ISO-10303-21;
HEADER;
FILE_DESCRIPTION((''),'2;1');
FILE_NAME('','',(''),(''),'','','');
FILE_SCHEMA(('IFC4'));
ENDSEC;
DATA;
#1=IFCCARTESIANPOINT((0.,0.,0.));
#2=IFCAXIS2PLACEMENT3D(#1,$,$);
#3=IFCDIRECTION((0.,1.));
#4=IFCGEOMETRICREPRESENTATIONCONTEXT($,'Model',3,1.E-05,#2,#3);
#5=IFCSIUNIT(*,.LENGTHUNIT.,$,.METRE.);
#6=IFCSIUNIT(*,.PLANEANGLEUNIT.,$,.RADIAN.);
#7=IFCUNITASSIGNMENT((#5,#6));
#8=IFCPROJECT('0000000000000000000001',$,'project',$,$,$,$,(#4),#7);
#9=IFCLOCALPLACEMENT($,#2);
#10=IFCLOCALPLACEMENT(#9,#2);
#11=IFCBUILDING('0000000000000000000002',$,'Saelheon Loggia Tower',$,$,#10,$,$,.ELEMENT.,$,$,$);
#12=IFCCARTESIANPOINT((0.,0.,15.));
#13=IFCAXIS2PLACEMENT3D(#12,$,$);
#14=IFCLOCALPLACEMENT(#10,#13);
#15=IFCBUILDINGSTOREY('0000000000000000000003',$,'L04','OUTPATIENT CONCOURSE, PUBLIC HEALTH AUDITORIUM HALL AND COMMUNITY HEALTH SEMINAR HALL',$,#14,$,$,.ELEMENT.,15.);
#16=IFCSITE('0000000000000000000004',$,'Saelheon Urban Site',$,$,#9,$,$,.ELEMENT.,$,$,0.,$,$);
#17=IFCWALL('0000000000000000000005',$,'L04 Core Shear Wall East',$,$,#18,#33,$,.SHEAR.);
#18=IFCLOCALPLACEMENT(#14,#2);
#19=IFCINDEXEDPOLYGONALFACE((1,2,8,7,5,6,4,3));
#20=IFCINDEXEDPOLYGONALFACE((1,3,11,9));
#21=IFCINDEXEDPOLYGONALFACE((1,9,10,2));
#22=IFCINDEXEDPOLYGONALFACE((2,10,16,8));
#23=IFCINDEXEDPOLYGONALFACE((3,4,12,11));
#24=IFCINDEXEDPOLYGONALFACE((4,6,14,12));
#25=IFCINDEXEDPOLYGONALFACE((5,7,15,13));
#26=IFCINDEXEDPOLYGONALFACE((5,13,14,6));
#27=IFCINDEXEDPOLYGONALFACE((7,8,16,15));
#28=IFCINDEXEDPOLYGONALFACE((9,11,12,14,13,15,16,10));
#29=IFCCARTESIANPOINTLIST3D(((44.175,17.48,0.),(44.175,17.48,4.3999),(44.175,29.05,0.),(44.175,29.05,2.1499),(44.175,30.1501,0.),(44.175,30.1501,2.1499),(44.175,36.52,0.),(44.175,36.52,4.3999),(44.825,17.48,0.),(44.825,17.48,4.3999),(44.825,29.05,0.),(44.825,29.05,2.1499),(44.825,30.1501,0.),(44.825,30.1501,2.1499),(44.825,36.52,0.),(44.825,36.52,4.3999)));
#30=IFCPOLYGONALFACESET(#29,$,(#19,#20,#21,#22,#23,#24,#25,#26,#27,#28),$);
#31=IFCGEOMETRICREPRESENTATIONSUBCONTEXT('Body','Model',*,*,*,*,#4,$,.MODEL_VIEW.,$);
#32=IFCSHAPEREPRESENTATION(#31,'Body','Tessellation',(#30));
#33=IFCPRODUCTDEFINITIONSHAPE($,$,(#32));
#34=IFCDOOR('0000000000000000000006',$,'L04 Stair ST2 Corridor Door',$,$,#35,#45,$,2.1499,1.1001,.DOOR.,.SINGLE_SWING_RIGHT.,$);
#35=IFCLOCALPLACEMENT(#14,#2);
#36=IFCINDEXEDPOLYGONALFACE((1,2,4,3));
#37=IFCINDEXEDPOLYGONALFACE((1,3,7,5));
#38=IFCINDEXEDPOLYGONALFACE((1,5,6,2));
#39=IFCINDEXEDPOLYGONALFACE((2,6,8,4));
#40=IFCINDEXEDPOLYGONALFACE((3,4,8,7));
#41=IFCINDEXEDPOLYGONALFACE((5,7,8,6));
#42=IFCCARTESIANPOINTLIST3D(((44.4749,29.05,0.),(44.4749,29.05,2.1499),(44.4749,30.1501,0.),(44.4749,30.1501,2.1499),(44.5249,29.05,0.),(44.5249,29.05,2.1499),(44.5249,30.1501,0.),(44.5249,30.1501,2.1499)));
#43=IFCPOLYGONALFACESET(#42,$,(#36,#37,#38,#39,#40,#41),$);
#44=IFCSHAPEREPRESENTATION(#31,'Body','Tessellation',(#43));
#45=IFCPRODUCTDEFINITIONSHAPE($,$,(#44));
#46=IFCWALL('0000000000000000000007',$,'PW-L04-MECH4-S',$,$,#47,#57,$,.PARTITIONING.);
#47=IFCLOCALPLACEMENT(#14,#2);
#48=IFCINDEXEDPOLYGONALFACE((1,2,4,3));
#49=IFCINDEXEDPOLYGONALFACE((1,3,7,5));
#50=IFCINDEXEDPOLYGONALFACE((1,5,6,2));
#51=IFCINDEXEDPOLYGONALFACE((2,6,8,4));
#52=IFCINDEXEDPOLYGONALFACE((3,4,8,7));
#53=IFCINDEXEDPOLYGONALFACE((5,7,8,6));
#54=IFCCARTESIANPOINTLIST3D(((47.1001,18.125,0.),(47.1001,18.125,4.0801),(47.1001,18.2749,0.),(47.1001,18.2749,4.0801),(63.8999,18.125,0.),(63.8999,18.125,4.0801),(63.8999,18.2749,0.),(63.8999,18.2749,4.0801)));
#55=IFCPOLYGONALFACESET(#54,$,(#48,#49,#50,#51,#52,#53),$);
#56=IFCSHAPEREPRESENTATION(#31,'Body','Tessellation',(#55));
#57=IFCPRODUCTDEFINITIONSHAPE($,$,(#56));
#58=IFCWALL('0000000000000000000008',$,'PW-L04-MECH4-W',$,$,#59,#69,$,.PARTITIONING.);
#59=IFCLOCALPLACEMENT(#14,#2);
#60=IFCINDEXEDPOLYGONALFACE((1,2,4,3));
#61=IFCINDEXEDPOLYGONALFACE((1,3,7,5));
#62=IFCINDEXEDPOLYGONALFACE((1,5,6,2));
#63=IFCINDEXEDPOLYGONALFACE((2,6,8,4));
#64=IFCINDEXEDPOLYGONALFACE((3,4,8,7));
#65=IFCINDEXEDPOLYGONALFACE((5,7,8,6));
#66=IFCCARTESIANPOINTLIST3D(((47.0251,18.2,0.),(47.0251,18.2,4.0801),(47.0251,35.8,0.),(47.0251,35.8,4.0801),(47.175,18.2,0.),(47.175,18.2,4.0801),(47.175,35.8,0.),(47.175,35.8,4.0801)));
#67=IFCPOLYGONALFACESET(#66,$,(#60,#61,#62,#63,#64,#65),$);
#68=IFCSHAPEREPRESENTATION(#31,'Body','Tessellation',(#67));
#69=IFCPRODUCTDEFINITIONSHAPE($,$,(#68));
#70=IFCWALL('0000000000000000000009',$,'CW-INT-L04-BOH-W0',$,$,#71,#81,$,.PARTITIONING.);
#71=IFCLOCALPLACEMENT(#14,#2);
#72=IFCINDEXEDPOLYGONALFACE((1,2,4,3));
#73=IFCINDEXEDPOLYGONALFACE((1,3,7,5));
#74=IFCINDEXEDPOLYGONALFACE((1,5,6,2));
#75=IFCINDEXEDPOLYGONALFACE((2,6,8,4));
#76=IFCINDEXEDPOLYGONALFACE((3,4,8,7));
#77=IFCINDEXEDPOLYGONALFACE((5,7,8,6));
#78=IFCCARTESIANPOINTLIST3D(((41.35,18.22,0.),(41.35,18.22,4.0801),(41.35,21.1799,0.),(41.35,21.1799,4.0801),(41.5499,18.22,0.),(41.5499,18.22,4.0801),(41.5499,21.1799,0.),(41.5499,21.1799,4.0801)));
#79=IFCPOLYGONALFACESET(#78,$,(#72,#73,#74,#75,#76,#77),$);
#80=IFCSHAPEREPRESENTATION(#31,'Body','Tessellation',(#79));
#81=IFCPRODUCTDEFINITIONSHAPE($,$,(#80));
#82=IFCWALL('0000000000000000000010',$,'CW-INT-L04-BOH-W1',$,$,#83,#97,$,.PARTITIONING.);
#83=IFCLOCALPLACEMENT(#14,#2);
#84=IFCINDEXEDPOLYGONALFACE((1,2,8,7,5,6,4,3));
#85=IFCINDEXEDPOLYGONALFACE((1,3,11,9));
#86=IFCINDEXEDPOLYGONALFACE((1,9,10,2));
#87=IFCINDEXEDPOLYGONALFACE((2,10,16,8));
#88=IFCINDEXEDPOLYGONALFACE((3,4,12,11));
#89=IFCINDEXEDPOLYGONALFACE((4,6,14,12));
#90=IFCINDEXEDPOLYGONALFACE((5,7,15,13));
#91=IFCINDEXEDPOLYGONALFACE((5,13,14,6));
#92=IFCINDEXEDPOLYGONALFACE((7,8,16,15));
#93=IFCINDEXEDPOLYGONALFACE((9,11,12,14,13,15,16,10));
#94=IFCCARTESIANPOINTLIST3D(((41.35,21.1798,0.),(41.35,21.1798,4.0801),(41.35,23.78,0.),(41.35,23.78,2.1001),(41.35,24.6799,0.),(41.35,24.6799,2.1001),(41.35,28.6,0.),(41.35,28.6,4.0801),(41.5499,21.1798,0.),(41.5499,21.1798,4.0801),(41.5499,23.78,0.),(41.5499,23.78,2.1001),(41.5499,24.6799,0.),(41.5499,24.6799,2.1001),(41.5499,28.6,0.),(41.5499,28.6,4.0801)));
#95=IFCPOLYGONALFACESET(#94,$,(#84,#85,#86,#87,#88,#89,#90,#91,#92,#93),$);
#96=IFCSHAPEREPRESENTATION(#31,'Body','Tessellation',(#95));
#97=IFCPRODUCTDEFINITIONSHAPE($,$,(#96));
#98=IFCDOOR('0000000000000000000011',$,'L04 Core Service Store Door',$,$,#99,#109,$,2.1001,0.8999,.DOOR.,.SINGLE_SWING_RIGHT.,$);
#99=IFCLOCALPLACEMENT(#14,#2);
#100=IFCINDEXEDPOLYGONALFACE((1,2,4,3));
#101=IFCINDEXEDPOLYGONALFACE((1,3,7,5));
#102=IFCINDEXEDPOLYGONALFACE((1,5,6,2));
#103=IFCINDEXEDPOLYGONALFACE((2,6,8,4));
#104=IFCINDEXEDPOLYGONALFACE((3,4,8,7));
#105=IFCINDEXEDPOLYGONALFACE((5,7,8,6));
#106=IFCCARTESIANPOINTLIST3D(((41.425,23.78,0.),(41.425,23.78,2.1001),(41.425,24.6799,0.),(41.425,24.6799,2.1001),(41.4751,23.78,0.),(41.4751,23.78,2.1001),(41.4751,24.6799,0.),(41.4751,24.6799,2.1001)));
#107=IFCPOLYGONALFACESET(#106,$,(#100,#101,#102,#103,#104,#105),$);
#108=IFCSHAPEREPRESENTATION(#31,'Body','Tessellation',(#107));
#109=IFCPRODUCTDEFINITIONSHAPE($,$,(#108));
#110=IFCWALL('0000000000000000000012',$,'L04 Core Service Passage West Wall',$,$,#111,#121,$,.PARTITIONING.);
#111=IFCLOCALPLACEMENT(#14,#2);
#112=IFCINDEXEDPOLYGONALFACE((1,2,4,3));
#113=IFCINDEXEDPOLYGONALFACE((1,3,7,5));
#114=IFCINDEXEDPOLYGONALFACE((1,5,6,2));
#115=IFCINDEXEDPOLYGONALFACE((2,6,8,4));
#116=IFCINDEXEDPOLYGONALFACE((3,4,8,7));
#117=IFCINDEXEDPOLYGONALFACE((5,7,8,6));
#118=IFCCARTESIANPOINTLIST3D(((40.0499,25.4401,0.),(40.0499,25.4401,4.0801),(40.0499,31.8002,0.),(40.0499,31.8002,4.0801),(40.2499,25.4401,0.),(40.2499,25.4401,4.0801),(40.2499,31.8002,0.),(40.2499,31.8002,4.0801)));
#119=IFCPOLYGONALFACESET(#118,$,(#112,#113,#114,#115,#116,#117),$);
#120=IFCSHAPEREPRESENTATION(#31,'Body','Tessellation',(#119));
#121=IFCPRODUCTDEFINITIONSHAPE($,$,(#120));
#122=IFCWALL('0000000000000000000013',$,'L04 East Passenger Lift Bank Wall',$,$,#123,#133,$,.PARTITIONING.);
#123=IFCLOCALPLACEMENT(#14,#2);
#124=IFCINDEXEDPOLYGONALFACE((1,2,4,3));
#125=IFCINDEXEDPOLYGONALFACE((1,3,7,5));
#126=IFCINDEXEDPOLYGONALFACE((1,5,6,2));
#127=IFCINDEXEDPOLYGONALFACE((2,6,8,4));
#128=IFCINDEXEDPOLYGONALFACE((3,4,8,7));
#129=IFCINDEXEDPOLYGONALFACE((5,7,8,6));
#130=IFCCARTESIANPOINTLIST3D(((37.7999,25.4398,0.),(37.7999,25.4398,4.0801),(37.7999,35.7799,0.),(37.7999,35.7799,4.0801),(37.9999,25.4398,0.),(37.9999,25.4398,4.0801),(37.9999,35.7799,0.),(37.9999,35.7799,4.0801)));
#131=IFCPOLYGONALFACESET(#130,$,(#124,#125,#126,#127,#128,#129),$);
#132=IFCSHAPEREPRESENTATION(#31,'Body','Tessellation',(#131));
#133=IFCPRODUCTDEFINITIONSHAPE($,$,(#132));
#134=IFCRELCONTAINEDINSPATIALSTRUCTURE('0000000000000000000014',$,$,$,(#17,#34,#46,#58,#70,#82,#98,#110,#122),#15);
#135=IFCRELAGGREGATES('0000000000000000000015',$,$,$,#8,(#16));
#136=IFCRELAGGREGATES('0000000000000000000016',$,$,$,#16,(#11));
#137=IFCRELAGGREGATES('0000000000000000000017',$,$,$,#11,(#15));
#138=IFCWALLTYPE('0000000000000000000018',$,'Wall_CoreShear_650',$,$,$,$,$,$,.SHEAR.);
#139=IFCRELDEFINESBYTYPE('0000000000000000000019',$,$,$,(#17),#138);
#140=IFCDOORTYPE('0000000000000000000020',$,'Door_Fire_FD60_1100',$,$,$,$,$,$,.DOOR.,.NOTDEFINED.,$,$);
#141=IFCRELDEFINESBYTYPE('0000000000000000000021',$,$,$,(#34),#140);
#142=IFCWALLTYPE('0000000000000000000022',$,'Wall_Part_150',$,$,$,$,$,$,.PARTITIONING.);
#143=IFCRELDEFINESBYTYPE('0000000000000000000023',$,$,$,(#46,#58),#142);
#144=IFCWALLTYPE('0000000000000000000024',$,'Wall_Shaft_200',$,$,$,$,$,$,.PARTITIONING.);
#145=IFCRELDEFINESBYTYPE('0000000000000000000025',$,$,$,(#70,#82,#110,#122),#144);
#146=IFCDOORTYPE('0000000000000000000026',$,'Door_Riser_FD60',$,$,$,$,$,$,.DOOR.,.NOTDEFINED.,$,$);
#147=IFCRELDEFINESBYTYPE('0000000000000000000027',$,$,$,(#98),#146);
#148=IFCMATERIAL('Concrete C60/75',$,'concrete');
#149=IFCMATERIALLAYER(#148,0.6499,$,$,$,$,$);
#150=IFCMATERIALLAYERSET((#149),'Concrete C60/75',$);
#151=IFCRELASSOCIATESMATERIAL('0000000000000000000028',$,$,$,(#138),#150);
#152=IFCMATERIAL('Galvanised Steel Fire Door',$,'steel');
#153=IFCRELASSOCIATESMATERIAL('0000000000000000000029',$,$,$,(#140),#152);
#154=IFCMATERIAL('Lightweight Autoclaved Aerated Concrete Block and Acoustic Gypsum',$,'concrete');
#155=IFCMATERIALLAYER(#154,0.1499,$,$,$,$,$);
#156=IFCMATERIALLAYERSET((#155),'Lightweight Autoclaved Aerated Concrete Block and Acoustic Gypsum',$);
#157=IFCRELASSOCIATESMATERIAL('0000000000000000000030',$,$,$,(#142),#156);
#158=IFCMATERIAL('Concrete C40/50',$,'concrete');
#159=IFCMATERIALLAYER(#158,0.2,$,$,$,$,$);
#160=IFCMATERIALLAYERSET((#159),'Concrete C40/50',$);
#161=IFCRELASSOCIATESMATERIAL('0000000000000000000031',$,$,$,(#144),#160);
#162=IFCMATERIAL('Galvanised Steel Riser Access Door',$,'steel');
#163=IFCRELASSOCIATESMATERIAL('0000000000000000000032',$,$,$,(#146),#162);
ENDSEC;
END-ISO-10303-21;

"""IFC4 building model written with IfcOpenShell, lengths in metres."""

from ifc_helpers import new_model, si_unit, direction, frame, frame_2d, origin, place, context, subcontext, project, spatial, rectangle, extrude, source, transform, mapped, material, layer, layer_set, type_object, element, fill, save


model = new_model("IFC4")

# Units and contexts
model_context = context("Model", 3, precision=1e-05, world=origin(), true_north=direction((0.0, 1.0)))
body_context = subcontext(model_context, "Body", "Model", "MODEL_VIEW")
ifc_project = project(units=[si_unit("LENGTHUNIT", "METRE"), si_unit("PLANEANGLEUNIT", "RADIAN")], contexts=[model_context])

# Site, building, storey
site_placement = place(None, origin())
site = spatial("IfcSite", under=ifc_project, at=site_placement, Name="Saelheon Urban Site", CompositionType="ELEMENT", RefElevation=0.0)
building_placement = place(site_placement, origin())
building = spatial("IfcBuilding", under=site, at=building_placement, Name="Saelheon Loggia Tower", CompositionType="ELEMENT")
storey_placement = place(building_placement, frame((0.0, 0.0, 15.0)))
storey = spatial("IfcBuildingStorey", under=building, at=storey_placement, Name="L04", Description="OUTPATIENT CONCOURSE, PUBLIC HEALTH AUDITORIUM HALL AND COMMUNITY HEALTH SEMINAR HALL", CompositionType="ELEMENT", Elevation=15.0)

# Shared definitions
ifc_material_1 = material(Name="Concrete C60/75", Category="concrete")

# Wall, opening, door
ifc_layer_1 = layer(ifc_material_1, 0.6499)
ifc_layer_set_1 = layer_set([ifc_layer_1], Name="Concrete C60/75")
wall_type_1 = type_object("IfcWallType", Name="Wall_CoreShear_650", PredefinedType="SHEAR", material=ifc_layer_set_1)
wall_1_placement = place(storey_placement, frame((44.5, 17.48, 0.0), z_axis=(0.0, 0.0, 1.0), x_axis=(0.0, 1.0, 0.0)))
wall_1 = element("IfcWall", 1, at=wall_1_placement, inside=storey, type_object=wall_type_1, Name="L04 Core Shear Wall East", PredefinedType="SHEAR", context=body_context, shape_type="SweptSolid", body=[
    extrude(rectangle(XDim=19.04, YDim=0.6499, at=frame_2d((9.52, 0.0))), origin(), (0.0, 0.0, 1.0), 4.3999),
])
opening_1_placement = place(wall_1_placement, frame((12.6702, 0.0, 0.0), z_axis=(0.0, 0.0, 1.0), x_axis=(-1.0, 0.0, 0.0)))
opening_1 = element("IfcOpeningElement", 2, at=opening_1_placement, cuts=wall_1, PredefinedType="OPENING", context=body_context, shape_type="SweptSolid", body=[
    extrude(rectangle(XDim=1.1001, YDim=2.1499, at=frame_2d((0.55, 1.075))), frame((0.0, 0.3369, 0.0), z_axis=(0.0, -1.0, 0.0), x_axis=(1.0, 0.0, 0.0)), (0.0, 0.0, 1.0), 0.6738),
])
ifc_material_2 = material(Name="Galvanised Steel Fire Door", Category="steel")
door_type_1 = type_object("IfcDoorType", Name="Door_Fire_FD60_1100", OperationType="NOTDEFINED", PredefinedType="DOOR", material=ifc_material_2)
shared_shape_1 = source(origin(), body_context, "Body", "SweptSolid", [
    extrude(rectangle(XDim=1.1001, YDim=2.1499, at=frame_2d((0.55, 1.075))), frame((0.0, 0.0249, 0.0), z_axis=(0.0, -1.0, 0.0), x_axis=(1.0, 0.0, 0.0)), (0.0, 0.0, 1.0), 0.05),
])
door_1_placement = place(opening_1_placement, origin())
door_1 = element("IfcDoor", 3, at=door_1_placement, inside=storey, type_object=door_type_1, Name="L04 Stair ST2 Corridor Door", OperationType="SINGLE_SWING_RIGHT", OverallHeight=2.1499, OverallWidth=1.1001, PredefinedType="DOOR", context=body_context, shape_type="MappedRepresentation", body=[
    mapped(shared_shape_1, transform((0.0, 0.0, 0.0), scale=1.0)),
])
fill(opening_1, door_1)

# Walls
ifc_material_3 = material(Name="Lightweight Autoclaved Aerated Concrete Block and Acoustic Gypsum", Category="concrete")
ifc_layer_2 = layer(ifc_material_3, 0.1499)
ifc_layer_set_2 = layer_set([ifc_layer_2], Name="Lightweight Autoclaved Aerated Concrete Block and Acoustic Gypsum")
wall_type_2 = type_object("IfcWallType", Name="Wall_Part_150", PredefinedType="PARTITIONING", material=ifc_layer_set_2)
wall_2_placement = place(storey_placement, frame((47.1001, 18.2, 0.0), z_axis=(0.0, 0.0, 1.0), x_axis=(1.0, 0.0, 0.0)))
element("IfcWall", 4, at=wall_2_placement, inside=storey, type_object=wall_type_2, Name="PW-L04-MECH4-S", PredefinedType="PARTITIONING", context=body_context, shape_type="SweptSolid", body=[
    extrude(rectangle(XDim=16.7998, YDim=0.1499, at=frame_2d((8.3999, 0.0))), origin(), (0.0, 0.0, 1.0), 4.0801),
])
wall_3_placement = place(storey_placement, frame((47.1001, 18.2, 0.0), z_axis=(0.0, 0.0, 1.0), x_axis=(0.0, 1.0, 0.0)))
element("IfcWall", 5, at=wall_3_placement, inside=storey, type_object=wall_type_2, Name="PW-L04-MECH4-W", PredefinedType="PARTITIONING", context=body_context, shape_type="SweptSolid", body=[
    extrude(rectangle(XDim=17.6001, YDim=0.1499, at=frame_2d((8.8, 0.0))), origin(), (0.0, 0.0, 1.0), 4.0801),
])
ifc_material_4 = material(Name="Concrete C40/50", Category="concrete")
ifc_layer_3 = layer(ifc_material_4, 0.2)
ifc_layer_set_3 = layer_set([ifc_layer_3], Name="Concrete C40/50")
wall_type_3 = type_object("IfcWallType", Name="Wall_Shaft_200", PredefinedType="PARTITIONING", material=ifc_layer_set_3)
wall_4_placement = place(storey_placement, frame((41.45, 18.22, 0.0), z_axis=(0.0, 0.0, 1.0), x_axis=(0.0, 1.0, 0.0)))
element("IfcWall", 6, at=wall_4_placement, inside=storey, type_object=wall_type_3, Name="CW-INT-L04-BOH-W0", PredefinedType="PARTITIONING", context=body_context, shape_type="SweptSolid", body=[
    extrude(rectangle(XDim=2.96, YDim=0.2, at=frame_2d((1.48, 0.0))), origin(), (0.0, 0.0, 1.0), 4.0801),
])

# Wall, opening, door
wall_5_placement = place(storey_placement, frame((41.45, 21.1799, 0.0), z_axis=(0.0, 0.0, 1.0), x_axis=(0.0, 1.0, 0.0)))
wall_5 = element("IfcWall", 7, at=wall_5_placement, inside=storey, type_object=wall_type_3, Name="CW-INT-L04-BOH-W1", PredefinedType="PARTITIONING", context=body_context, shape_type="SweptSolid", body=[
    extrude(rectangle(XDim=7.4202, YDim=0.2, at=frame_2d((3.71, 0.0))), origin(), (0.0, 0.0, 1.0), 4.0801),
])
opening_2_placement = place(wall_5_placement, frame((2.6001, 0.0, 0.0)))
opening_2 = element("IfcOpeningElement", 8, at=opening_2_placement, cuts=wall_5, PredefinedType="OPENING", context=body_context, shape_type="SweptSolid", body=[
    extrude(rectangle(XDim=0.8999, YDim=2.1001, at=frame_2d((0.45, 1.05))), frame((0.0, 0.1121, 0.0), z_axis=(0.0, -1.0, 0.0), x_axis=(1.0, 0.0, 0.0)), (0.0, 0.0, 1.0), 0.2239),
])
ifc_material_5 = material(Name="Galvanised Steel Riser Access Door", Category="steel")
door_type_2 = type_object("IfcDoorType", Name="Door_Riser_FD60", OperationType="NOTDEFINED", PredefinedType="DOOR", material=ifc_material_5)
shared_shape_2 = source(origin(), body_context, "Body", "SweptSolid", [
    extrude(rectangle(XDim=0.8999, YDim=2.1001, at=frame_2d((0.45, 1.05))), frame((0.0, 0.0249, 0.0), z_axis=(0.0, -1.0, 0.0), x_axis=(1.0, 0.0, 0.0)), (0.0, 0.0, 1.0), 0.05),
])
door_2_placement = place(opening_2_placement, origin())
door_2 = element("IfcDoor", 9, at=door_2_placement, inside=storey, type_object=door_type_2, Name="L04 Core Service Store Door", OperationType="SINGLE_SWING_RIGHT", OverallHeight=2.1001, OverallWidth=0.8999, PredefinedType="DOOR", context=body_context, shape_type="MappedRepresentation", body=[
    mapped(shared_shape_2, transform((0.0, 0.0, 0.0), scale=1.0)),
])
fill(opening_2, door_2)

# Walls
wall_6_placement = place(storey_placement, frame((40.1499, 25.4399, 0.0), z_axis=(0.0, 0.0, 1.0), x_axis=(0.0, 1.0, 0.0)))
element("IfcWall", 10, at=wall_6_placement, inside=storey, type_object=wall_type_3, Name="L04 Core Service Passage West Wall", PredefinedType="PARTITIONING", context=body_context, shape_type="SweptSolid", body=[
    extrude(rectangle(XDim=6.3601, YDim=0.2, at=frame_2d((3.1802, 0.0))), origin(), (0.0, 0.0, 1.0), 4.0801),
])
wall_7_placement = place(storey_placement, frame((37.8999, 25.4399, 0.0), z_axis=(0.0, 0.0, 1.0), x_axis=(0.0, 1.0, 0.0)))
element("IfcWall", 11, at=wall_7_placement, inside=storey, type_object=wall_type_3, Name="L04 East Passenger Lift Bank Wall", PredefinedType="PARTITIONING", context=body_context, shape_type="SweptSolid", body=[
    extrude(rectangle(XDim=10.3401, YDim=0.2, at=frame_2d((5.1699, 0.0))), origin(), (0.0, 0.0, 1.0), 4.0801),
])

save(model, "model.ifc")
